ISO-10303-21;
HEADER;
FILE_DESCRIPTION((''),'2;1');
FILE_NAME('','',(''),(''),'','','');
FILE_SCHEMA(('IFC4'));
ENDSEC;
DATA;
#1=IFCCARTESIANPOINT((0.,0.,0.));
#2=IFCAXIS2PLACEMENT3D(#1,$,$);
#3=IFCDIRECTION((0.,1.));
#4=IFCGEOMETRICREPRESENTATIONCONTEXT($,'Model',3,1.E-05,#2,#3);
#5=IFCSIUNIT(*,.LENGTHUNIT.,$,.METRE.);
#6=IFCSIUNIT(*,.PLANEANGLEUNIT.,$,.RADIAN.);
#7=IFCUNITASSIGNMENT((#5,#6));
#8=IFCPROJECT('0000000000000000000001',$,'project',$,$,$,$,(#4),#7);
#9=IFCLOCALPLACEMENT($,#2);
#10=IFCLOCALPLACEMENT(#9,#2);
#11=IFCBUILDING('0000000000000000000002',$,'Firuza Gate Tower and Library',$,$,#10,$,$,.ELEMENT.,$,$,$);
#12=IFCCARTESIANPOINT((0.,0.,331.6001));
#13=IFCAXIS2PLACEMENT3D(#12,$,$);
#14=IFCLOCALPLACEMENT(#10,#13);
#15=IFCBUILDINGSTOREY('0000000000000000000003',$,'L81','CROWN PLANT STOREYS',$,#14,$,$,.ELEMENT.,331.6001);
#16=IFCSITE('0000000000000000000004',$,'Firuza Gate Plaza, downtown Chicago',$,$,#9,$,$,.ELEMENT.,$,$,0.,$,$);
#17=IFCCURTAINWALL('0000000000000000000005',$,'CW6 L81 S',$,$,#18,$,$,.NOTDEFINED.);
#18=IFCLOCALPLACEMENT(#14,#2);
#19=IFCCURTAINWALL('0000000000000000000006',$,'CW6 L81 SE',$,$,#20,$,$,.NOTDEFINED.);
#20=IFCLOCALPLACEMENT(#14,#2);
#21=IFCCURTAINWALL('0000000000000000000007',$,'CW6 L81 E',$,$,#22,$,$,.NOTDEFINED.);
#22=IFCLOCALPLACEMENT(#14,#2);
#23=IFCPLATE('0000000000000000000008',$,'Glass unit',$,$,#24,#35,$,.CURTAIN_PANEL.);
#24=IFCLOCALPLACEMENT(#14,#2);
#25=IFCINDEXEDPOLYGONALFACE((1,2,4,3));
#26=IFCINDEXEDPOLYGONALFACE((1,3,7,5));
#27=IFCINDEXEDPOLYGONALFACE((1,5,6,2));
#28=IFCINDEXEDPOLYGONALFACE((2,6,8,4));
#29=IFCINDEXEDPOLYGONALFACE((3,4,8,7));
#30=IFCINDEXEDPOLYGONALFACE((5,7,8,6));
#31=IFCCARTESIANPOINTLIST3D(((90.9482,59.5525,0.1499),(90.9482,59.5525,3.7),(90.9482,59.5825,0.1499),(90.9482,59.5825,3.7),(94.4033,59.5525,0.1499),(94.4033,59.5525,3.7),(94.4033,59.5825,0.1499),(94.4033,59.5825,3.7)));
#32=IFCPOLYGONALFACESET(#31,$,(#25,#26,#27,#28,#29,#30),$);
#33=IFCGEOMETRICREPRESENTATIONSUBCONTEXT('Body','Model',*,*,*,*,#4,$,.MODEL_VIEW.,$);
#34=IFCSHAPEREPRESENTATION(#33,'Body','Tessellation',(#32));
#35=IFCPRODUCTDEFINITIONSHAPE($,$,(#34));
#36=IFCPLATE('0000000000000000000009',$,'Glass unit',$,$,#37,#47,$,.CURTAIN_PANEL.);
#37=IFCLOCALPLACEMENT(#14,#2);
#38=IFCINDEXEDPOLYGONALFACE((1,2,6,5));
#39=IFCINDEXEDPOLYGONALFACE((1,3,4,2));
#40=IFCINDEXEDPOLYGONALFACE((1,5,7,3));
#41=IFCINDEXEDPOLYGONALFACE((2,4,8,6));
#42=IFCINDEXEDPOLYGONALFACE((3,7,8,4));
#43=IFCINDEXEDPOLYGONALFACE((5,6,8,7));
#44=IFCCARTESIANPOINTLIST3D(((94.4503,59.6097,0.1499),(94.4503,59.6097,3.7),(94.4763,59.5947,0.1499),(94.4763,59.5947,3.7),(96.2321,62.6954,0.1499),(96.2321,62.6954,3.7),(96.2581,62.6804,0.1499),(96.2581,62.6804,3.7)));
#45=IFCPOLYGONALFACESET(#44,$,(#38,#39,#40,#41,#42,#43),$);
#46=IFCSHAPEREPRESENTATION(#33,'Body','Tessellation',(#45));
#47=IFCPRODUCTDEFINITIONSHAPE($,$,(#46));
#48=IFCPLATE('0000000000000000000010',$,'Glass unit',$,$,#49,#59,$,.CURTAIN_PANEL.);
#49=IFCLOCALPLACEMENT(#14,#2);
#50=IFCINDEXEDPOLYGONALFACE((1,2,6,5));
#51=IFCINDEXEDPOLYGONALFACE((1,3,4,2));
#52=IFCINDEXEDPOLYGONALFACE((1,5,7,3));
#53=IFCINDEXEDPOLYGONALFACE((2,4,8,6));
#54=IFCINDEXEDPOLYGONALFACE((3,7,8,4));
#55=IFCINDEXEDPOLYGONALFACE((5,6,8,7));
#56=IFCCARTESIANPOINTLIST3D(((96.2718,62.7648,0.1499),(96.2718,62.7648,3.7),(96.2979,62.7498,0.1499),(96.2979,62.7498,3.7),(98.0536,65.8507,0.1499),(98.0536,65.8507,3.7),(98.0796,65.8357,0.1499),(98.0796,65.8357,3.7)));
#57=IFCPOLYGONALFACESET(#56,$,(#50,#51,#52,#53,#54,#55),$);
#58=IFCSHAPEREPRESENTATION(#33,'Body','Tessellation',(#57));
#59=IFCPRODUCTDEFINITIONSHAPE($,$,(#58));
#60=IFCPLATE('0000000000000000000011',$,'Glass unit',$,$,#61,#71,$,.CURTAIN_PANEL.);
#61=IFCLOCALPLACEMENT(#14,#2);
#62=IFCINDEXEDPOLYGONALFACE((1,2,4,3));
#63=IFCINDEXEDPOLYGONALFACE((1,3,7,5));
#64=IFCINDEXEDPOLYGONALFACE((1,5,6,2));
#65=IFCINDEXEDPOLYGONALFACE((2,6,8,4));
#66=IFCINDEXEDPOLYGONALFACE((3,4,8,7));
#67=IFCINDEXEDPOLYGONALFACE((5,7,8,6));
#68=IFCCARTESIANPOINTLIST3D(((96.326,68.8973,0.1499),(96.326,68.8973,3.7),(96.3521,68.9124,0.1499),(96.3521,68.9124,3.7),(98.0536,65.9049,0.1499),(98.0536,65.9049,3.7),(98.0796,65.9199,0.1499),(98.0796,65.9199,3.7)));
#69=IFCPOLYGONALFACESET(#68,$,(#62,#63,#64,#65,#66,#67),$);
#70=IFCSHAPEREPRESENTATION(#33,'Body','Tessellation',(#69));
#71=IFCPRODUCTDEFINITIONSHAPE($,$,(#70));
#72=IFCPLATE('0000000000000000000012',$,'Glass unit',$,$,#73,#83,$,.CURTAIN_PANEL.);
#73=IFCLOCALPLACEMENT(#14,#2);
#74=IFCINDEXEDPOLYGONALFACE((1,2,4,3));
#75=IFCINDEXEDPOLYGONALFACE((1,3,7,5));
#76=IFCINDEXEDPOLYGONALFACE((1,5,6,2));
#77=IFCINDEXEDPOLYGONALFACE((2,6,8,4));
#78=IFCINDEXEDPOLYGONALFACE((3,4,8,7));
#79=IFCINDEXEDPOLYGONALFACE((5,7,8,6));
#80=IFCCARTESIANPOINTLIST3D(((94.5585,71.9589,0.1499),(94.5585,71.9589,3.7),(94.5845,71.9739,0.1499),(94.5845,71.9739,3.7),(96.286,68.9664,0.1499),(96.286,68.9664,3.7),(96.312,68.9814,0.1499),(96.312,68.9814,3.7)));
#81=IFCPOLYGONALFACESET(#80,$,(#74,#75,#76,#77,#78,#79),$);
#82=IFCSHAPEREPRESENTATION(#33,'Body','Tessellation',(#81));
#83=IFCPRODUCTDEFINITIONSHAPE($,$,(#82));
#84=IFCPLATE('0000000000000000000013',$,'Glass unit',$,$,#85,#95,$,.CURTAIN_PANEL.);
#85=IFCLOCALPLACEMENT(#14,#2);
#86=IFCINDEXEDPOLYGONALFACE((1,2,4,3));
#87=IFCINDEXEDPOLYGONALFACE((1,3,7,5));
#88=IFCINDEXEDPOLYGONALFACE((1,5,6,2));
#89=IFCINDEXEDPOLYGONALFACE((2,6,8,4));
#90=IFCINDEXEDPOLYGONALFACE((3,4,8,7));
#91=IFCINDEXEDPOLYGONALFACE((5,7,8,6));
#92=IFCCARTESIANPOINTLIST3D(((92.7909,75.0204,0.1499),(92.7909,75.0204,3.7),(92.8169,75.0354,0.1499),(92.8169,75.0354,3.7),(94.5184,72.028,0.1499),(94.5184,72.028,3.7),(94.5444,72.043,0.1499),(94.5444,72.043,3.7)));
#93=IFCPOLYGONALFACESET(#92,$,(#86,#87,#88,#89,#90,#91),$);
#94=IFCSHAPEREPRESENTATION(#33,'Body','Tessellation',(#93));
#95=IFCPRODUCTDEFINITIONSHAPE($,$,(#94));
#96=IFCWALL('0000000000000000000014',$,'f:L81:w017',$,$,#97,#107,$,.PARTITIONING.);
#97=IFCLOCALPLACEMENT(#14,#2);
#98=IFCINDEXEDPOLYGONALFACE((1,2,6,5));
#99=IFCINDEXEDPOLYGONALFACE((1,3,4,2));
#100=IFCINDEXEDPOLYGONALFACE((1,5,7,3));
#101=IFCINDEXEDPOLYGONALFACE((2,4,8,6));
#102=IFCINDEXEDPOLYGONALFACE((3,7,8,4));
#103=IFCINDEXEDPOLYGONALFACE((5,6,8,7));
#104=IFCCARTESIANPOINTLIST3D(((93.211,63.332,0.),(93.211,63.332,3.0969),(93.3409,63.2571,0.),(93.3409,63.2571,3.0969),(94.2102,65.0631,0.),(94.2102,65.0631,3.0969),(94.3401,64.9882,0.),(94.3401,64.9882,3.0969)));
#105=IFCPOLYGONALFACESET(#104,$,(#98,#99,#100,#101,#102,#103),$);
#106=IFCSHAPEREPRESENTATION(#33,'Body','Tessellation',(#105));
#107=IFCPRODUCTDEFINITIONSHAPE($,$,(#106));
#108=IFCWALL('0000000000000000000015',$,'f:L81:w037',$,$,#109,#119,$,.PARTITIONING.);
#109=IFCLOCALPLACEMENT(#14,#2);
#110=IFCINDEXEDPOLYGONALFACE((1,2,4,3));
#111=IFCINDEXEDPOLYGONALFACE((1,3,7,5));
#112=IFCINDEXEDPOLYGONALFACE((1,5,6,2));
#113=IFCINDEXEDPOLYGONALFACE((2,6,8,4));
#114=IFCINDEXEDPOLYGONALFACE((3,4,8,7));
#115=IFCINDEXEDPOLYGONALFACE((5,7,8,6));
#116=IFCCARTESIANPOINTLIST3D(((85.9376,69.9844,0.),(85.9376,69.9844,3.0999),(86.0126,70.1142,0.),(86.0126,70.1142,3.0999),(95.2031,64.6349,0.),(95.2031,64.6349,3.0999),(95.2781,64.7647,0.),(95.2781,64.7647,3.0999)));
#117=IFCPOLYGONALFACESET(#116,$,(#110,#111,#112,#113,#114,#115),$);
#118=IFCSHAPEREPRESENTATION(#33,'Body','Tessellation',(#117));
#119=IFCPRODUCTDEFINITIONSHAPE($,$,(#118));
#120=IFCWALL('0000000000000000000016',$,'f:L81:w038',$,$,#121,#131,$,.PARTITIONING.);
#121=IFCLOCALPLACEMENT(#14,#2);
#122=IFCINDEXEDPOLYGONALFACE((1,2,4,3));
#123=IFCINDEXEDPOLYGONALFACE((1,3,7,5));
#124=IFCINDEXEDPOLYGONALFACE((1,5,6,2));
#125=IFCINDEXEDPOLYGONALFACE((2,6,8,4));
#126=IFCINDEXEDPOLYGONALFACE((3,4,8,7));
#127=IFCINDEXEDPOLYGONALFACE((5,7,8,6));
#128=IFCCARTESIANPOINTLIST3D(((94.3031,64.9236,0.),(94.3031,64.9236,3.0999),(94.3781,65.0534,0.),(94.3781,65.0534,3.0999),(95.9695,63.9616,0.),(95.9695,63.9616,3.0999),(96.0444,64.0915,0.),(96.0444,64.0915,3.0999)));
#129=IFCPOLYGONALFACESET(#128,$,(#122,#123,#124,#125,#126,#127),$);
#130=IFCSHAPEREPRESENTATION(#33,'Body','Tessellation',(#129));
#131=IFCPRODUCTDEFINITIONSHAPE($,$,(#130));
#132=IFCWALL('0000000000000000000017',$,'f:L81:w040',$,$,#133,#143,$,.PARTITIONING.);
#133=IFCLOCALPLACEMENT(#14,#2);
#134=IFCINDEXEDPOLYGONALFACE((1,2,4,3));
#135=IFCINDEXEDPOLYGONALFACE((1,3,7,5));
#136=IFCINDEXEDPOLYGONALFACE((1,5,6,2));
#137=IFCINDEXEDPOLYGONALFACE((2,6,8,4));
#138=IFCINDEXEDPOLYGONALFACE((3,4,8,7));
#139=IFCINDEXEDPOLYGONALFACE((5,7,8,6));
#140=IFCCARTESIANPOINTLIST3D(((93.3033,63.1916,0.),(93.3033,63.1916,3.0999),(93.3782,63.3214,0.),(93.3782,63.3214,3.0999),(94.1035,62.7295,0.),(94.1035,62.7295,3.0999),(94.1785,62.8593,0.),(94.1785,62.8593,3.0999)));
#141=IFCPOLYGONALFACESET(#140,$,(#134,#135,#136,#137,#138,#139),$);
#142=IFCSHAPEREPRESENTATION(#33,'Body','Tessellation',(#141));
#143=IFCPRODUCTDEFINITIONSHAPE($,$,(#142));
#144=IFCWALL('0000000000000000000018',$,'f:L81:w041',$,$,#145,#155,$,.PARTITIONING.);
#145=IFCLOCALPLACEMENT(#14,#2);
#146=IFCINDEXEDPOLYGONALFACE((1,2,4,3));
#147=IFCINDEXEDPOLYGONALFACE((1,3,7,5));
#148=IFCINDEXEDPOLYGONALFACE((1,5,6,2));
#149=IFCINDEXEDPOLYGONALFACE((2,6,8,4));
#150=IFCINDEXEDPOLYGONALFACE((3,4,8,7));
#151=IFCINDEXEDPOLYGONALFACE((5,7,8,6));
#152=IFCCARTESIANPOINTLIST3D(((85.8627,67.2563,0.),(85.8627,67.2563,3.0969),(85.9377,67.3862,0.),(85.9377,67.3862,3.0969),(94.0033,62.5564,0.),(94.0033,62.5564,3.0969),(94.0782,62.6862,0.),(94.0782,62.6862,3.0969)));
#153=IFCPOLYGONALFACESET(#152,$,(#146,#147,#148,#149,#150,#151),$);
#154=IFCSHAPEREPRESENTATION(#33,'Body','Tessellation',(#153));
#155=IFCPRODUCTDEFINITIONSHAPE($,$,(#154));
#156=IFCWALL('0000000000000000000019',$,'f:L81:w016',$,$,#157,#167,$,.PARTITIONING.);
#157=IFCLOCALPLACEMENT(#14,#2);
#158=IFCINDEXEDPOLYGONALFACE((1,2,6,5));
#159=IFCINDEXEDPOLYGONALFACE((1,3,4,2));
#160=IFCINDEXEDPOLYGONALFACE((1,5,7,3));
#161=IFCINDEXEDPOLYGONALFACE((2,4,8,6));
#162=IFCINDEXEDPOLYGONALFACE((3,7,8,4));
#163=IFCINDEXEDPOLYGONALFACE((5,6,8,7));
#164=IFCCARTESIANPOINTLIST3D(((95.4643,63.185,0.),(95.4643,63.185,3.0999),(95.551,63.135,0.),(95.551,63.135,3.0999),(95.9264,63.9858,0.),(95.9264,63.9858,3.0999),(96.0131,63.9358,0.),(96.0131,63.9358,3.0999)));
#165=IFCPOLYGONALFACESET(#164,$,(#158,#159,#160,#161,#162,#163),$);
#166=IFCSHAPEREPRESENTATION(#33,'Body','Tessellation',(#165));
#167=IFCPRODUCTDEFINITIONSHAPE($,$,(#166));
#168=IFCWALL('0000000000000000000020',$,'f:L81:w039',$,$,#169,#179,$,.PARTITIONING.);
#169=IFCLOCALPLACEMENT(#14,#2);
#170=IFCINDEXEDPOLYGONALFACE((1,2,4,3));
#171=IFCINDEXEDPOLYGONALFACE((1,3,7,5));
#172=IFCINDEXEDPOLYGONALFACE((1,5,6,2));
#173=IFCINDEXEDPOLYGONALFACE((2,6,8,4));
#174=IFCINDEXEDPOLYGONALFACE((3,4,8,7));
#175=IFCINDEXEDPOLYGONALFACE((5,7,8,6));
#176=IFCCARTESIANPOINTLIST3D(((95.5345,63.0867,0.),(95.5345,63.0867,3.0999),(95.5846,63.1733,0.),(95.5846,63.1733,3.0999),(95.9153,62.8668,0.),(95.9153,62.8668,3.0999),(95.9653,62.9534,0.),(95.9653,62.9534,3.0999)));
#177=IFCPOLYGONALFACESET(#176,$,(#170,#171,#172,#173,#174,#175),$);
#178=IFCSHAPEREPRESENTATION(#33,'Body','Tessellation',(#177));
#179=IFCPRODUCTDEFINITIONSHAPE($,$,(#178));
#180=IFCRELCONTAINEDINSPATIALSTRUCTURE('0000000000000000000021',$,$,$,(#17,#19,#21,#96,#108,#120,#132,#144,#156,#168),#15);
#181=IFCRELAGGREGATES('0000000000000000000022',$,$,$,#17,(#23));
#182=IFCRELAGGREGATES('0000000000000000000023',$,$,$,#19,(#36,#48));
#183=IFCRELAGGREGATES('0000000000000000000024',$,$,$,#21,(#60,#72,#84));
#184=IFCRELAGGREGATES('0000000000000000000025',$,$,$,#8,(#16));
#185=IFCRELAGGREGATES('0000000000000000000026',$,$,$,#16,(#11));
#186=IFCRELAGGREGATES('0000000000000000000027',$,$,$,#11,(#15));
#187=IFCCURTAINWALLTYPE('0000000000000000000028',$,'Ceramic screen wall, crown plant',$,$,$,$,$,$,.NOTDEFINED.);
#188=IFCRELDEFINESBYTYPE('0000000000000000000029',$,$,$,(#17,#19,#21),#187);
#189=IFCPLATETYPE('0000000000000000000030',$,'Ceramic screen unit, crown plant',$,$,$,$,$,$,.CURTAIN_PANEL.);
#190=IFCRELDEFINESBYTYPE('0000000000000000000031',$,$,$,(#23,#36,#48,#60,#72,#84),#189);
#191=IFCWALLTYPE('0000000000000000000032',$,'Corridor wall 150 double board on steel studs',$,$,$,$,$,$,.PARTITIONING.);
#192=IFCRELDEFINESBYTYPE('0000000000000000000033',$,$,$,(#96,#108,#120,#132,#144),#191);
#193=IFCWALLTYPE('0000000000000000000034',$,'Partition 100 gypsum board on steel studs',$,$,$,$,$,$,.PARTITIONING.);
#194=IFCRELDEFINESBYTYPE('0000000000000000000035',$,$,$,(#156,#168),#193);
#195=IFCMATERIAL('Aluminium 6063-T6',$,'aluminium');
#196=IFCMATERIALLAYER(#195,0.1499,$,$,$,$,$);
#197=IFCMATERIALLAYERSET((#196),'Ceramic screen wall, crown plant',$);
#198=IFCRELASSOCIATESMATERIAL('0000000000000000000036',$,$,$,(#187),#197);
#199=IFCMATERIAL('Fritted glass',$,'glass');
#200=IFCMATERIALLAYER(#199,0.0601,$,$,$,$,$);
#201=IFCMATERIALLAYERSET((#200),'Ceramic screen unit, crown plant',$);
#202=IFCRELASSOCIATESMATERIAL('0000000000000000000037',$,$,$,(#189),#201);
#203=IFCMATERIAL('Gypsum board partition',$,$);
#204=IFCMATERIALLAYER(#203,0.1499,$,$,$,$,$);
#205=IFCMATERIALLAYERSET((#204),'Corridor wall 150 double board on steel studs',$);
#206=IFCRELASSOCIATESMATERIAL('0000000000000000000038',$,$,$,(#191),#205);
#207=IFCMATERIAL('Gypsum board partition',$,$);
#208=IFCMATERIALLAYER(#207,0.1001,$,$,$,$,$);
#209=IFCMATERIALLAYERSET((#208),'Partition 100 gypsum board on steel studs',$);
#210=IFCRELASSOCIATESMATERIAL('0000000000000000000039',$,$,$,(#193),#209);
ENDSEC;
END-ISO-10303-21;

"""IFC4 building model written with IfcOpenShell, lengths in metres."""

from ifc_helpers import new_model, si_unit, direction, frame, frame_2d, origin, place, context, subcontext, project, spatial, polyline, rectangle, outline, extrude, material, layer, layer_set, type_object, element, aggregate, save


model = new_model("IFC4")

# Units and contexts
model_context = context("Model", 3, precision=1e-05, world=origin(), true_north=direction((0.0, 1.0)))
body_context = subcontext(model_context, "Body", "Model", "MODEL_VIEW")
ifc_project = project(units=[si_unit("LENGTHUNIT", "METRE"), si_unit("PLANEANGLEUNIT", "RADIAN")], contexts=[model_context])

# Site, building, storey
site_placement = place(None, origin())
site = spatial("IfcSite", under=ifc_project, at=site_placement, Name="Firuza Gate Plaza, downtown Chicago", CompositionType="ELEMENT", RefElevation=0.0)
building_placement = place(site_placement, origin())
building = spatial("IfcBuilding", under=site, at=building_placement, Name="Firuza Gate Tower and Library", CompositionType="ELEMENT")
storey_placement = place(building_placement, frame((0.0, 0.0, 331.6001)))
storey = spatial("IfcBuildingStorey", under=building, at=storey_placement, Name="L81", Description="CROWN PLANT STOREYS", CompositionType="ELEMENT", Elevation=331.6001)

# Curtain wall
ifc_material_1 = material(Name="Aluminium 6063-T6", Category="aluminium")
ifc_layer_1 = layer(ifc_material_1, 0.1499)
ifc_layer_set_1 = layer_set([ifc_layer_1], Name="Ceramic screen wall, crown plant")
curtain_wall_type = type_object("IfcCurtainWallType", Name="Ceramic screen wall, crown plant", PredefinedType="NOTDEFINED", material=ifc_layer_set_1)
placement = place(storey_placement, origin())
curtain_wall_1 = element("IfcCurtainWall", 1, at=placement, inside=storey, type_object=curtain_wall_type, Name="CW6 L81 S", PredefinedType="NOTDEFINED")

# Curtain walls
curtain_wall_2 = element("IfcCurtainWall", 2, at=placement, inside=storey, type_object=curtain_wall_type, Name="CW6 L81 SE", PredefinedType="NOTDEFINED")
curtain_wall_3 = element("IfcCurtainWall", 3, at=placement, inside=storey, type_object=curtain_wall_type, Name="CW6 L81 E", PredefinedType="NOTDEFINED")

# Plates
ifc_material_2 = material(Name="Fritted glass", Category="glass")
ifc_layer_2 = layer(ifc_material_2, 0.0601)
ifc_layer_set_2 = layer_set([ifc_layer_2], Name="Ceramic screen unit, crown plant")
plate_type = type_object("IfcPlateType", Name="Ceramic screen unit, crown plant", PredefinedType="CURTAIN_PANEL", material=ifc_layer_set_2)
plate_1_placement = place(storey_placement, frame((90.9482, 59.5525, 0.1499), z_axis=(0.0, -1.0, 0.0), x_axis=(1.0, 0.0, 0.0)))
plate_1 = element("IfcPlate", 4, at=plate_1_placement, type_object=plate_type, Name="Glass unit", PredefinedType="CURTAIN_PANEL", context=body_context, shape_type="SweptSolid", body=[
    extrude(outline(polyline([(0.0, 0.0), (3.4551, 0.0), (3.4551, 3.55), (0.0, 3.55), (0.0, 0.0)])), origin(), (0.0, 0.0, -1.0), 0.03),
])
aggregate(curtain_wall_1, [plate_1])
plate_2_placement = place(storey_placement, frame((94.4763, 59.5947, 0.1499), z_axis=(0.866, -0.500045, 0.0), x_axis=(0.500045, 0.866, 0.0)))
plate_2 = element("IfcPlate", 5, at=plate_2_placement, type_object=plate_type, Name="Glass unit", PredefinedType="CURTAIN_PANEL", context=body_context, shape_type="SweptSolid", body=[
    extrude(outline(polyline([(0.0, 0.0), (3.5632, 0.0), (3.5632, 3.55), (0.0, 3.55), (0.0, 0.0)])), origin(), (0.0, 0.0, -1.0), 0.03),
])
plate_3_placement = place(storey_placement, frame((96.2979, 62.7498, 0.1499), z_axis=(0.866017, -0.500015, 0.0), x_axis=(0.500015, 0.866017, 0.0)))
plate_3 = element("IfcPlate", 6, at=plate_3_placement, type_object=plate_type, Name="Glass unit", PredefinedType="CURTAIN_PANEL", context=body_context, shape_type="SweptSolid", body=[
    extrude(outline(polyline([(0.0, 0.0), (3.5634, 0.0), (3.5634, 3.55), (0.0, 3.55), (0.0, 0.0)])), origin(), (0.0, 0.0, -1.0), 0.03),
])
aggregate(curtain_wall_2, [plate_2, plate_3])
plate_4_placement = place(storey_placement, frame((98.0796, 65.9199, 0.1499), z_axis=(0.866043, 0.499969, 0.0), x_axis=(-0.499969, 0.866043, 0.0)))
plate_4 = element("IfcPlate", 7, at=plate_4_placement, type_object=plate_type, Name="Glass unit", PredefinedType="CURTAIN_PANEL", context=body_context, shape_type="SweptSolid", body=[
    extrude(outline(polyline([(0.0, 0.0), (3.4553, 0.0), (3.4553, 3.55), (0.0, 3.55), (0.0, 0.0)])), origin(), (0.0, 0.0, -1.0), 0.03),
])
plate_5_placement = place(storey_placement, frame((96.312, 68.9814, 0.1499), z_axis=(0.866043, 0.499969, 0.0), x_axis=(-0.499969, 0.866043, 0.0)))
plate_5 = element("IfcPlate", 8, at=plate_5_placement, type_object=plate_type, Name="Glass unit", PredefinedType="CURTAIN_PANEL", context=body_context, shape_type="SweptSolid", body=[
    extrude(outline(polyline([(0.0, 0.0), (3.4553, 0.0), (3.4553, 3.55), (0.0, 3.55), (0.0, 0.0)])), origin(), (0.0, 0.0, -1.0), 0.03),
])
plate_6_placement = place(storey_placement, frame((94.5444, 72.043, 0.1499), z_axis=(0.866043, 0.499969, 0.0), x_axis=(-0.499969, 0.866043, 0.0)))
plate_6 = element("IfcPlate", 9, at=plate_6_placement, type_object=plate_type, Name="Glass unit", PredefinedType="CURTAIN_PANEL", context=body_context, shape_type="SweptSolid", body=[
    extrude(outline(polyline([(0.0, 0.0), (3.4553, 0.0), (3.4553, 3.55), (0.0, 3.55), (0.0, 0.0)])), origin(), (0.0, 0.0, -1.0), 0.03),
])
aggregate(curtain_wall_3, [plate_4, plate_5, plate_6])

# Walls
ifc_material_3 = material(Name="Gypsum board partition")
ifc_layer_3 = layer(ifc_material_3, 0.1499)
ifc_layer_set_3 = layer_set([ifc_layer_3], Name="Corridor wall 150 double board on steel studs")
wall_type_1 = type_object("IfcWallType", Name="Corridor wall 150 double board on steel studs", PredefinedType="PARTITIONING", material=ifc_layer_set_3)
wall_1_placement = place(storey_placement, frame((93.2759, 63.2944, 0.0), z_axis=(0.0, 0.0, 1.0), x_axis=(0.499909, 0.866078, 0.0)))
element("IfcWall", 10, at=wall_1_placement, inside=storey, type_object=wall_type_1, Name="f:L81:w017", PredefinedType="PARTITIONING", context=body_context, shape_type="SweptSolid", body=[
    extrude(rectangle(XDim=1.9988, YDim=0.1499, at=frame_2d((0.9995, 0.0))), origin(), (0.0, 0.0, 1.0), 3.0969),
])
wall_2_placement = place(storey_placement, frame((95.2407, 64.6997, 0.0), z_axis=(0.0, 0.0, 1.0), x_axis=(-0.866021, 0.500007, 0.0)))
element("IfcWall", 11, at=wall_2_placement, inside=storey, type_object=wall_type_1, Name="f:L81:w037", PredefinedType="PARTITIONING", context=body_context, shape_type="SweptSolid", body=[
    extrude(rectangle(XDim=10.699, YDim=0.1499, at=frame_2d((5.3496, 0.0))), origin(), (0.0, 0.0, 1.0), 3.0999),
])
wall_3_placement = place(storey_placement, frame((96.0068, 64.0266, 0.0), z_axis=(0.0, 0.0, 1.0), x_axis=(-0.866048, 0.49996, 0.0)))
element("IfcWall", 12, at=wall_3_placement, inside=storey, type_object=wall_type_1, Name="f:L81:w038", PredefinedType="PARTITIONING", context=body_context, shape_type="SweptSolid", body=[
    extrude(rectangle(XDim=1.9241, YDim=0.1499, at=frame_2d((0.9619, 0.0))), origin(), (0.0, 0.0, 1.0), 3.0999),
])
wall_4_placement = place(storey_placement, frame((94.1409, 62.7944, 0.0), z_axis=(0.0, 0.0, 1.0), x_axis=(-0.865974, 0.500088, 0.0)))
element("IfcWall", 13, at=wall_4_placement, inside=storey, type_object=wall_type_1, Name="f:L81:w040", PredefinedType="PARTITIONING", context=body_context, shape_type="SweptSolid", body=[
    extrude(rectangle(XDim=0.9241, YDim=0.1499, at=frame_2d((0.4619, 0.0))), origin(), (0.0, 0.0, 1.0), 3.0999),
])
wall_5_placement = place(storey_placement, frame((94.0408, 62.6213, 0.0), z_axis=(0.0, 0.0, 1.0), x_axis=(-0.866027, 0.499997, 0.0)))
element("IfcWall", 14, at=wall_5_placement, inside=storey, type_object=wall_type_1, Name="f:L81:w041", PredefinedType="PARTITIONING", context=body_context, shape_type="SweptSolid", body=[
    extrude(rectangle(XDim=9.3999, YDim=0.1499, at=frame_2d((4.7, 0.0))), origin(), (0.0, 0.0, 1.0), 3.0969),
])
ifc_material_4 = material(Name="Gypsum board partition")
ifc_layer_4 = layer(ifc_material_4, 0.1001)
ifc_layer_set_4 = layer_set([ifc_layer_4], Name="Partition 100 gypsum board on steel studs")
wall_type_2 = type_object("IfcWallType", Name="Partition 100 gypsum board on steel studs", PredefinedType="PARTITIONING", material=ifc_layer_set_4)
wall_6_placement = place(storey_placement, frame((95.5076, 63.1599, 0.0), z_axis=(0.0, 0.0, 1.0), x_axis=(0.49986, 0.866106, 0.0)))
element("IfcWall", 15, at=wall_6_placement, inside=storey, type_object=wall_type_2, Name="f:L81:w016", PredefinedType="PARTITIONING", context=body_context, shape_type="SweptSolid", body=[
    extrude(rectangle(XDim=0.9246, YDim=0.1001, at=frame_2d((0.4624, 0.0))), origin(), (0.0, 0.0, 1.0), 3.0999),
])
wall_7_placement = place(storey_placement, frame((95.9402, 62.9102, 0.0), z_axis=(0.0, 0.0, 1.0), x_axis=(-0.865945, 0.500139, 0.0)))
element("IfcWall", 16, at=wall_7_placement, inside=storey, type_object=wall_type_2, Name="f:L81:w039", PredefinedType="PARTITIONING", context=body_context, shape_type="SweptSolid", body=[
    extrude(rectangle(XDim=0.4397, YDim=0.1001, at=frame_2d((0.2197, 0.0))), origin(), (0.0, 0.0, 1.0), 3.0999),
])

save(model, "model.ifc")
